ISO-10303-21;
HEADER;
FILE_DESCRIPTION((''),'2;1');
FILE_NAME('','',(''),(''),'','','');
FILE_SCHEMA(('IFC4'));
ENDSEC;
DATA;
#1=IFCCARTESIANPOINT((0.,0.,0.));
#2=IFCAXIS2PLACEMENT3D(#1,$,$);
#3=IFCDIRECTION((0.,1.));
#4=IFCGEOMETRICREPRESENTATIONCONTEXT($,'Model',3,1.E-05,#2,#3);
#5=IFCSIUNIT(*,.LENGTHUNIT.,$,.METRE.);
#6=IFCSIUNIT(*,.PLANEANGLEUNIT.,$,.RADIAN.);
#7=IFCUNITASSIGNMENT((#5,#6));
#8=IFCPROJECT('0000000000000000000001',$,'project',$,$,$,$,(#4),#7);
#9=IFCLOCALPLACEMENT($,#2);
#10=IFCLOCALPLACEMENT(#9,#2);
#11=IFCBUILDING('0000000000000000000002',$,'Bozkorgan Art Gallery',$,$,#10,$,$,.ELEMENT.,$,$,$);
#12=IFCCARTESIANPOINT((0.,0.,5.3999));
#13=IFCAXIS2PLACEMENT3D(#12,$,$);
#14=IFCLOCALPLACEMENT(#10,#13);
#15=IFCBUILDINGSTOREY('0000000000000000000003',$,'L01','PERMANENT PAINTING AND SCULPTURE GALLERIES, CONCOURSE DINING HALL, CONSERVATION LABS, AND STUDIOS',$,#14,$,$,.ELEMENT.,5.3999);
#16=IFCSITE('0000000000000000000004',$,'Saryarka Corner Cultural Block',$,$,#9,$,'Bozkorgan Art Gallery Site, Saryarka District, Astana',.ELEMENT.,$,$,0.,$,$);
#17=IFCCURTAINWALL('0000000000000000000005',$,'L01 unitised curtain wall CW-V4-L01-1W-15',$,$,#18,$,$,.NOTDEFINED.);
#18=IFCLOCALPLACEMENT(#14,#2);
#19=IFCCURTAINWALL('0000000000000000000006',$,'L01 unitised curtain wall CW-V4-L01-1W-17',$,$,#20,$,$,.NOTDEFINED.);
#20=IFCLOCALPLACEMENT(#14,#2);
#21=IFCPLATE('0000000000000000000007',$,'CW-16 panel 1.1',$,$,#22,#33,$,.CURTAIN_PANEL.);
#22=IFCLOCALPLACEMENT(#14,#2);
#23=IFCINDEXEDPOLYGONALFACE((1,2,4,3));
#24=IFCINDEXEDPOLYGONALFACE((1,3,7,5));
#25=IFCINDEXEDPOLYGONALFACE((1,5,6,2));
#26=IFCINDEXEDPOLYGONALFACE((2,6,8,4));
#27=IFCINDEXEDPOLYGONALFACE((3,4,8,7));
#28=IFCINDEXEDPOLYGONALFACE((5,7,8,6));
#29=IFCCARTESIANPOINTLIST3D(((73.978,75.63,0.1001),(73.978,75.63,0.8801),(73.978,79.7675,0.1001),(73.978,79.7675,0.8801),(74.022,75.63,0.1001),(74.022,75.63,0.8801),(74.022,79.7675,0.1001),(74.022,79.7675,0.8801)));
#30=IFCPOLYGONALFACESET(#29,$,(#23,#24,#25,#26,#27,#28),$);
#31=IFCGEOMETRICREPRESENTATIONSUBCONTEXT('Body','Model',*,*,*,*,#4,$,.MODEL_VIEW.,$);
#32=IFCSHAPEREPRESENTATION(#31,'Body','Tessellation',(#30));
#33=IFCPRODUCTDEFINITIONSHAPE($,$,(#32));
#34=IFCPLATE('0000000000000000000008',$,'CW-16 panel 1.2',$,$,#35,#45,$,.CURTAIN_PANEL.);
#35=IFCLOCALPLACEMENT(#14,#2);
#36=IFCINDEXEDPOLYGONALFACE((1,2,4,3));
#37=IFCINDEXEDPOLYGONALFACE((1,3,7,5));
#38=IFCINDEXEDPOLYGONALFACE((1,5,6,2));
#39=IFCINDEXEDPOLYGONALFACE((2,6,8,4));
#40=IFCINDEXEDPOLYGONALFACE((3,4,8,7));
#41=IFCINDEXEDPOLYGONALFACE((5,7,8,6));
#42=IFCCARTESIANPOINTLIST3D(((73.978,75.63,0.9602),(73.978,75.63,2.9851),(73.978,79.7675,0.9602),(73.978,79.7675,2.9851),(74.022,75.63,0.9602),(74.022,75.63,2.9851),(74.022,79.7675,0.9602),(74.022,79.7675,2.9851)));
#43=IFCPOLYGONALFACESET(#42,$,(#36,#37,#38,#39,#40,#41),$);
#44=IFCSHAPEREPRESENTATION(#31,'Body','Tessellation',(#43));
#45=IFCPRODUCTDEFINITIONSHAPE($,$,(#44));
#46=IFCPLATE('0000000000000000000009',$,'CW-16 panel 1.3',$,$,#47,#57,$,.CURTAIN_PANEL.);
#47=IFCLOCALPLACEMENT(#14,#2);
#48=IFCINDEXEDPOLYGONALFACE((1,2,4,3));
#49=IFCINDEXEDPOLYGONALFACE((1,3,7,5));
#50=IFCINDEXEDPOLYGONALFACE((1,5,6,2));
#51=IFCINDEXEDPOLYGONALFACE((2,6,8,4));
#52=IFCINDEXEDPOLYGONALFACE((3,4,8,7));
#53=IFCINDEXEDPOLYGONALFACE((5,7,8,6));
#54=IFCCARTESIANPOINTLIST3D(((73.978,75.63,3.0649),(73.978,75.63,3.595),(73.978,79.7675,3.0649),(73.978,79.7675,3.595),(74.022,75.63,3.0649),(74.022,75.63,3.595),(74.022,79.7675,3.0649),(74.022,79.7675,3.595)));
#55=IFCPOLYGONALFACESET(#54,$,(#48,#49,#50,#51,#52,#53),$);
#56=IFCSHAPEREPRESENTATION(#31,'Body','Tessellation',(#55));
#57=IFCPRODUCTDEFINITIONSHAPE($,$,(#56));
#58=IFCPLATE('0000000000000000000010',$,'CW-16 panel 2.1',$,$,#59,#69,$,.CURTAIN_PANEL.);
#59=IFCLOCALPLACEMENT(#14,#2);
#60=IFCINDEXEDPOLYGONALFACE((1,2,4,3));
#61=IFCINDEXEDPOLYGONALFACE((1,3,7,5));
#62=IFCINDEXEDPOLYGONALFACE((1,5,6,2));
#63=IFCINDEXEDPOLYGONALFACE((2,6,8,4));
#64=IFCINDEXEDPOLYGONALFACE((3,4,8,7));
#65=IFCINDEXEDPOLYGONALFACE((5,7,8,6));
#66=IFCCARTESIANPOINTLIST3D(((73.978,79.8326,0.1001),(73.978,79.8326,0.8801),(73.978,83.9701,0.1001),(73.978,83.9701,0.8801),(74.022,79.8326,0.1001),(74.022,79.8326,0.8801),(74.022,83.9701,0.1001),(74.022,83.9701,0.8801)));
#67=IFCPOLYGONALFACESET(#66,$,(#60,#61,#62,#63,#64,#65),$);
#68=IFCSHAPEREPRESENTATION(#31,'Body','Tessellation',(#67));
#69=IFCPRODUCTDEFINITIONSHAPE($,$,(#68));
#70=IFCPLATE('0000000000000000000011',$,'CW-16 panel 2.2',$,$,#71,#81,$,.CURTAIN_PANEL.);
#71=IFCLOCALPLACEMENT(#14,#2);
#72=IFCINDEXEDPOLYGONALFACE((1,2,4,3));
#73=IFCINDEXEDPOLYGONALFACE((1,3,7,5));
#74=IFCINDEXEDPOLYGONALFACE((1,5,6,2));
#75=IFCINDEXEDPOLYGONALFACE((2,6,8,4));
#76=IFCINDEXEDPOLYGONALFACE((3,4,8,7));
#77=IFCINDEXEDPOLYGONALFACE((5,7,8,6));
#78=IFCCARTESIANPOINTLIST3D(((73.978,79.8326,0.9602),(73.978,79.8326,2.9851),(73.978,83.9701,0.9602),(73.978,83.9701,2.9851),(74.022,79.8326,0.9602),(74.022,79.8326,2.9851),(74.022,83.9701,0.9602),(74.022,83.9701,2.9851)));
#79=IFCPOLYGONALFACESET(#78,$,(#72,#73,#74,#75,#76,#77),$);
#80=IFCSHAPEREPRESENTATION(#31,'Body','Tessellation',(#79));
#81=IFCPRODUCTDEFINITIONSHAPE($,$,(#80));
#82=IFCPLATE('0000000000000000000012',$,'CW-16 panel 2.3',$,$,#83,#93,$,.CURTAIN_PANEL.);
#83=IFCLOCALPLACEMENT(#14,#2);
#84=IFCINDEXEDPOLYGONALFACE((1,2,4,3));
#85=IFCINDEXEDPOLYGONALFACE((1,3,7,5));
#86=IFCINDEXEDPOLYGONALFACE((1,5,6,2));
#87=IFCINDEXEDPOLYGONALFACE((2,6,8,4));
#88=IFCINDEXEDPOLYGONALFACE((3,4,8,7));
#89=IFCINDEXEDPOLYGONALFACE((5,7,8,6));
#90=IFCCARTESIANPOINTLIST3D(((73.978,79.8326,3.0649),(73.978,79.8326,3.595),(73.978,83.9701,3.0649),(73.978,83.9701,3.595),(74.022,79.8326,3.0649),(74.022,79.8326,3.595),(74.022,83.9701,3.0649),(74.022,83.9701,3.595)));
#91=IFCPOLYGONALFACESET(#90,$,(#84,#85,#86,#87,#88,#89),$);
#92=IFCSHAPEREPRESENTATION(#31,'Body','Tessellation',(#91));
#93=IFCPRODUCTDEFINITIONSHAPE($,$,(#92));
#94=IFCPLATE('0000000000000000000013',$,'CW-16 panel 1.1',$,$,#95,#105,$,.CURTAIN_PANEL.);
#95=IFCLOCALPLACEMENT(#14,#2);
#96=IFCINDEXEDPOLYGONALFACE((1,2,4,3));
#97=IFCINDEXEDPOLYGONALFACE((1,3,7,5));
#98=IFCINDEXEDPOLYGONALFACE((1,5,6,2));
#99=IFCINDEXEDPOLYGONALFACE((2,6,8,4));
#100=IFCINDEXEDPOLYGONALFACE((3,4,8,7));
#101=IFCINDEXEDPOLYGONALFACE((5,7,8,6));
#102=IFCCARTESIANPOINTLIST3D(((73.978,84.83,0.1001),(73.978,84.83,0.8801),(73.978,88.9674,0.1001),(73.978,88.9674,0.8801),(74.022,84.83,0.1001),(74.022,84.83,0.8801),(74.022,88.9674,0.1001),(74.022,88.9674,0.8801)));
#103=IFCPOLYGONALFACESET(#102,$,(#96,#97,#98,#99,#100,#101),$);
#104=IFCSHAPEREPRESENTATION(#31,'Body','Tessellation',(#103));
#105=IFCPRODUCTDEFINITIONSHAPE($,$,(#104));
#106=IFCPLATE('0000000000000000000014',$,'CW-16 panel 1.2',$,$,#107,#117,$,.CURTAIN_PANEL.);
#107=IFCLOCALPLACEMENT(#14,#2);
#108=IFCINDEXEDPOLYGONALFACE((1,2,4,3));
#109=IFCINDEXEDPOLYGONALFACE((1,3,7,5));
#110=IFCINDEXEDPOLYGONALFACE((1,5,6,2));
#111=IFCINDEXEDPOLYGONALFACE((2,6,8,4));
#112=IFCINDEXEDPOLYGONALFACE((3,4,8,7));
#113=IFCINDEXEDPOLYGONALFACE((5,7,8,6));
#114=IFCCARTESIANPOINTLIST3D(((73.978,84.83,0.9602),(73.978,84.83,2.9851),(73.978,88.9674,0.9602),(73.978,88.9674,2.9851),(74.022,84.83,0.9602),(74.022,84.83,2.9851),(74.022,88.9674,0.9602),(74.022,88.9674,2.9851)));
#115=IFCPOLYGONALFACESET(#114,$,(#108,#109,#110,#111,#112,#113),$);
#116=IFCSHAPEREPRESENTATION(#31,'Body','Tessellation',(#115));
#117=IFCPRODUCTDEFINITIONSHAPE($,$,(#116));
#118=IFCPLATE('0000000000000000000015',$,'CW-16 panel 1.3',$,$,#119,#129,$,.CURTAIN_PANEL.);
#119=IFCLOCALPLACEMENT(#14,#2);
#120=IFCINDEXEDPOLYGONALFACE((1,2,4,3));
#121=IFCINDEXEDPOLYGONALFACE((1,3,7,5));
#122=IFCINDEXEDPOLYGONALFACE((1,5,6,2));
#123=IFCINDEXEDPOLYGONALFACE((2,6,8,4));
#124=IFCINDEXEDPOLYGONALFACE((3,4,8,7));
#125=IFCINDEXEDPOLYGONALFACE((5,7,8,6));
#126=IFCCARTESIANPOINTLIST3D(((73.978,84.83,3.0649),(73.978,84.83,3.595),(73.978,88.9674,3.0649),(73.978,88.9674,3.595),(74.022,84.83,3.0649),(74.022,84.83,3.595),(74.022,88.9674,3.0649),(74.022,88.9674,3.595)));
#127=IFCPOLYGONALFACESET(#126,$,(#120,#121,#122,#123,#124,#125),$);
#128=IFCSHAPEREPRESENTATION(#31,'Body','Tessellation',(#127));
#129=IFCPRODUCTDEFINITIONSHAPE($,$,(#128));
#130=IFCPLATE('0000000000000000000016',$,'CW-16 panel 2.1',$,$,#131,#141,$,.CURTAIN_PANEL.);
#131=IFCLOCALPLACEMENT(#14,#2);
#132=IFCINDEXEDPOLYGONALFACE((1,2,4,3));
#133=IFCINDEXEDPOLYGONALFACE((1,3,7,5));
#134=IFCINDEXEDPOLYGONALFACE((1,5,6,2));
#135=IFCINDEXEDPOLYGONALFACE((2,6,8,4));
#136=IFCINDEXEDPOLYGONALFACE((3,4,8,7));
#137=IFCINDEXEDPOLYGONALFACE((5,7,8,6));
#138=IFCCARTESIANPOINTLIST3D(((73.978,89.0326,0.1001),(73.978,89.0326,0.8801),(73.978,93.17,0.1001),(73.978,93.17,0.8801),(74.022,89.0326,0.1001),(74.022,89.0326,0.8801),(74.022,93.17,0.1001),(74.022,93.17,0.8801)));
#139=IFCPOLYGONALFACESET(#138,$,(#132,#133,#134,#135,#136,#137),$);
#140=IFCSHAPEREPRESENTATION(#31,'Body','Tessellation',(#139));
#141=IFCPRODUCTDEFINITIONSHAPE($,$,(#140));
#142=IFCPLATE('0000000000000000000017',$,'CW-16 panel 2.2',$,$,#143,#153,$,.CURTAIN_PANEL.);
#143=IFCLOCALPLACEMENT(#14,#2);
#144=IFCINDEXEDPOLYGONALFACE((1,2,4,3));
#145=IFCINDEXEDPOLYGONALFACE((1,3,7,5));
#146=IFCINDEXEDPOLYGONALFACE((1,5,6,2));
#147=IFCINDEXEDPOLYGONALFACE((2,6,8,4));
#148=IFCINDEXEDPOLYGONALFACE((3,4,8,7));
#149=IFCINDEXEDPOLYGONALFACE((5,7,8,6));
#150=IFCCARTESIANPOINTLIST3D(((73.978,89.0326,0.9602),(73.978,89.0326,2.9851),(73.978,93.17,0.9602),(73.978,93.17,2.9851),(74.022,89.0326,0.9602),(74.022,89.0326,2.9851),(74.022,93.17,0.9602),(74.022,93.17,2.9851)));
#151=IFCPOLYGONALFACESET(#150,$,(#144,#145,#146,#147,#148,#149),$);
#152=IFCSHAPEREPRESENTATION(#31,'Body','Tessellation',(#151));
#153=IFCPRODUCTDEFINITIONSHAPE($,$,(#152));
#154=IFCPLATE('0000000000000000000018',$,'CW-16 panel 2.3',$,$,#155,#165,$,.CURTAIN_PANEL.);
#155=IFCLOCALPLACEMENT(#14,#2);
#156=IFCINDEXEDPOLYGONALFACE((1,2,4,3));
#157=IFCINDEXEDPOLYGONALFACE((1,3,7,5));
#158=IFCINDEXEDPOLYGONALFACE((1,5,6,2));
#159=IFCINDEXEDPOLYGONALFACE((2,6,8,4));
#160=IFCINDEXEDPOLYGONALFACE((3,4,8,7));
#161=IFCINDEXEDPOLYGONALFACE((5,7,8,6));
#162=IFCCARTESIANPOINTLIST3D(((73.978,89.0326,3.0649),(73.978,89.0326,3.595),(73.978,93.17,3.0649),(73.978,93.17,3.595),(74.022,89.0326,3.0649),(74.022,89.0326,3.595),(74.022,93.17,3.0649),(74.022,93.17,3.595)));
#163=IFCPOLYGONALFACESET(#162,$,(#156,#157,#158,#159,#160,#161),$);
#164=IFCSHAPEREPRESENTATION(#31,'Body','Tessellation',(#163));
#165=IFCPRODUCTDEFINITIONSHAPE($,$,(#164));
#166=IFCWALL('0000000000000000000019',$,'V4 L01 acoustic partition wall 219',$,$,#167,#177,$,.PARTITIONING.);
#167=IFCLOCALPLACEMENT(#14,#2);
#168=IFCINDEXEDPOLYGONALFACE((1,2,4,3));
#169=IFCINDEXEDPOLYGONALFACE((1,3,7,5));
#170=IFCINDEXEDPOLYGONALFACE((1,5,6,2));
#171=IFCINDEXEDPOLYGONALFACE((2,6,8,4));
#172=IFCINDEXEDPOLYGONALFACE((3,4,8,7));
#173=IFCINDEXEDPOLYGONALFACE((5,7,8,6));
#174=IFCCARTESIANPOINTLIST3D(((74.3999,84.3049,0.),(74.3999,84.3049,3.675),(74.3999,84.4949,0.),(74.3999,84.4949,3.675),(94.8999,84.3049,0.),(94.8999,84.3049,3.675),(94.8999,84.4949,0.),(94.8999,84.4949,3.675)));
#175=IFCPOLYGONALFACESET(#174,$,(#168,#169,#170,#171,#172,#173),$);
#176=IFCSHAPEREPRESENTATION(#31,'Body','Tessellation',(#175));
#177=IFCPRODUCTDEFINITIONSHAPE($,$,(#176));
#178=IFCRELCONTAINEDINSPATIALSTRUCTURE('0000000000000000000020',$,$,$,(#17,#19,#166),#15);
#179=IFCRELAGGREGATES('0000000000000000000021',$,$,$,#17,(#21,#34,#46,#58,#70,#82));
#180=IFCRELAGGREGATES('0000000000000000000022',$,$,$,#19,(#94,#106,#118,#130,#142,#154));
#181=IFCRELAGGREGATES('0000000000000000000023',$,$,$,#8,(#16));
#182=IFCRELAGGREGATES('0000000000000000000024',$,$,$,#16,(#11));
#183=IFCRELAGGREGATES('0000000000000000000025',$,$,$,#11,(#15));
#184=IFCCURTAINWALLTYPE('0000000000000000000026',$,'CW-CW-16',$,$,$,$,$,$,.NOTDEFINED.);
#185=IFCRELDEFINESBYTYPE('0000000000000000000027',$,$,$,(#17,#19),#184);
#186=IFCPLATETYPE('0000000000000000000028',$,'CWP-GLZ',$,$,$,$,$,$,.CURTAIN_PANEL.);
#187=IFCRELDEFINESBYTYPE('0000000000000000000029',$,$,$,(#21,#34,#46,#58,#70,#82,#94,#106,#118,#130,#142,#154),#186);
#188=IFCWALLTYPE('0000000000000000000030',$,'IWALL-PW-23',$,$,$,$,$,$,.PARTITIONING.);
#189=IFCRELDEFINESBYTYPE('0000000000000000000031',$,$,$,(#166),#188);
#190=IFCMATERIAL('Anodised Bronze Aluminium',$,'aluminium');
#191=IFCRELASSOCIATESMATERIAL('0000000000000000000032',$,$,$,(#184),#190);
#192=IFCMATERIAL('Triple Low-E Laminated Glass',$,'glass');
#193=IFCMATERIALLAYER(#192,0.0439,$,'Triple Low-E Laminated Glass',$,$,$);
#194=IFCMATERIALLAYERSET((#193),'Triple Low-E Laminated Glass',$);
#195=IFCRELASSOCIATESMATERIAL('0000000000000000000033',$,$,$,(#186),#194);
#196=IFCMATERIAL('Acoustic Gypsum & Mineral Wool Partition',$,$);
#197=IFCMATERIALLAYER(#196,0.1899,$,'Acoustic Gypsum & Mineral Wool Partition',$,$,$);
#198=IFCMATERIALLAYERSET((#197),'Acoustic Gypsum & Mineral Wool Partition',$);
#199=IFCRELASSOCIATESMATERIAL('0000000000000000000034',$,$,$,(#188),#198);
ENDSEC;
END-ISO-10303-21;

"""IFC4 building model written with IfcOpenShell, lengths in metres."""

from ifc_helpers import new_model, si_unit, direction, frame, frame_2d, origin, origin_2d, place, context, subcontext, project, spatial, rectangle, extrude, material, layer, layer_set, type_object, element, aggregate, save


model = new_model("IFC4")

# Units and contexts
model_context = context("Model", 3, precision=1e-05, world=origin(), true_north=direction((0.0, 1.0)))
body_context = subcontext(model_context, "Body", "Model", "MODEL_VIEW")
ifc_project = project(units=[si_unit("LENGTHUNIT", "METRE"), si_unit("PLANEANGLEUNIT", "RADIAN")], contexts=[model_context])

# Site, building, storey
site_placement = place(None, origin())
site = spatial("IfcSite", under=ifc_project, at=site_placement, Name="Saryarka Corner Cultural Block", LongName="Bozkorgan Art Gallery Site, Saryarka District, Astana", CompositionType="ELEMENT", RefElevation=0.0)
building_placement = place(site_placement, origin())
building = spatial("IfcBuilding", under=site, at=building_placement, Name="Bozkorgan Art Gallery", CompositionType="ELEMENT")
storey_placement = place(building_placement, frame((0.0, 0.0, 5.3999)))
storey = spatial("IfcBuildingStorey", under=building, at=storey_placement, Name="L01", Description="PERMANENT PAINTING AND SCULPTURE GALLERIES, CONCOURSE DINING HALL, CONSERVATION LABS, AND STUDIOS", CompositionType="ELEMENT", Elevation=5.3999)

# Curtain walls
ifc_material_1 = material(Name="Anodised Bronze Aluminium", Category="aluminium")
curtain_wall_type = type_object("IfcCurtainWallType", Name="CW-CW-16", PredefinedType="NOTDEFINED", material=ifc_material_1)
curtain_wall_1_placement = place(storey_placement, origin())
curtain_wall_1 = element("IfcCurtainWall", 1, at=curtain_wall_1_placement, inside=storey, type_object=curtain_wall_type, Name="L01 unitised curtain wall CW-V4-L01-1W-15", PredefinedType="NOTDEFINED")
curtain_wall_2_placement = place(storey_placement, origin())
curtain_wall_2 = element("IfcCurtainWall", 2, at=curtain_wall_2_placement, inside=storey, type_object=curtain_wall_type, Name="L01 unitised curtain wall CW-V4-L01-1W-17", PredefinedType="NOTDEFINED")

# Plates
ifc_material_2 = material(Name="Triple Low-E Laminated Glass", Category="glass")
ifc_layer_1 = layer(ifc_material_2, 0.0439, Name="Triple Low-E Laminated Glass")
ifc_layer_set_1 = layer_set([ifc_layer_1], Name="Triple Low-E Laminated Glass")
plate_type = type_object("IfcPlateType", Name="CWP-GLZ", PredefinedType="CURTAIN_PANEL", material=ifc_layer_set_1)
plate_1_placement = place(storey_placement, frame((74.0, 77.6987, 0.1001), z_axis=(0.0, 0.0, 1.0), x_axis=(0.0, 1.0, 0.0)))
plate_1 = element("IfcPlate", 3, at=plate_1_placement, type_object=plate_type, Name="CW-16 panel 1.1", PredefinedType="CURTAIN_PANEL", context=body_context, shape_type="SweptSolid", body=[
    extrude(rectangle(XDim=4.1375, YDim=0.0439, at=origin_2d()), origin(), (0.0, 0.0, 1.0), 0.78),
])
plate_2_placement = place(storey_placement, frame((74.0, 77.6987, 0.9602), z_axis=(0.0, 0.0, 1.0), x_axis=(0.0, 1.0, 0.0)))
plate_2 = element("IfcPlate", 4, at=plate_2_placement, type_object=plate_type, Name="CW-16 panel 1.2", PredefinedType="CURTAIN_PANEL", context=body_context, shape_type="SweptSolid", body=[
    extrude(rectangle(XDim=4.1375, YDim=0.0439, at=origin_2d()), origin(), (0.0, 0.0, 1.0), 2.0249),
])
plate_3_placement = place(storey_placement, frame((74.0, 77.6987, 3.0649), z_axis=(0.0, 0.0, 1.0), x_axis=(0.0, 1.0, 0.0)))
plate_3 = element("IfcPlate", 5, at=plate_3_placement, type_object=plate_type, Name="CW-16 panel 1.3", PredefinedType="CURTAIN_PANEL", context=body_context, shape_type="SweptSolid", body=[
    extrude(rectangle(XDim=4.1375, YDim=0.0439, at=origin_2d()), origin(), (0.0, 0.0, 1.0), 0.53),
])
plate_4_placement = place(storey_placement, frame((74.0, 81.9014, 0.1001), z_axis=(0.0, 0.0, 1.0), x_axis=(0.0, 1.0, 0.0)))
plate_4 = element("IfcPlate", 6, at=plate_4_placement, type_object=plate_type, Name="CW-16 panel 2.1", PredefinedType="CURTAIN_PANEL", context=body_context, shape_type="SweptSolid", body=[
    extrude(rectangle(XDim=4.1375, YDim=0.0439, at=origin_2d()), origin(), (0.0, 0.0, 1.0), 0.78),
])
plate_5_placement = place(storey_placement, frame((74.0, 81.9014, 0.9602), z_axis=(0.0, 0.0, 1.0), x_axis=(0.0, 1.0, 0.0)))
plate_5 = element("IfcPlate", 7, at=plate_5_placement, type_object=plate_type, Name="CW-16 panel 2.2", PredefinedType="CURTAIN_PANEL", context=body_context, shape_type="SweptSolid", body=[
    extrude(rectangle(XDim=4.1375, YDim=0.0439, at=origin_2d()), origin(), (0.0, 0.0, 1.0), 2.0249),
])
plate_6_placement = place(storey_placement, frame((74.0, 81.9014, 3.0649), z_axis=(0.0, 0.0, 1.0), x_axis=(0.0, 1.0, 0.0)))
plate_6 = element("IfcPlate", 8, at=plate_6_placement, type_object=plate_type, Name="CW-16 panel 2.3", PredefinedType="CURTAIN_PANEL", context=body_context, shape_type="SweptSolid", body=[
    extrude(rectangle(XDim=4.1375, YDim=0.0439, at=origin_2d()), origin(), (0.0, 0.0, 1.0), 0.53),
])
aggregate(curtain_wall_1, [plate_1, plate_2, plate_3, plate_4, plate_5, plate_6])
plate_7_placement = place(storey_placement, frame((74.0, 86.8987, 0.1001), z_axis=(0.0, 0.0, 1.0), x_axis=(0.0, 1.0, 0.0)))
plate_7 = element("IfcPlate", 9, at=plate_7_placement, type_object=plate_type, Name="CW-16 panel 1.1", PredefinedType="CURTAIN_PANEL", context=body_context, shape_type="SweptSolid", body=[
    extrude(rectangle(XDim=4.1375, YDim=0.0439, at=origin_2d()), origin(), (0.0, 0.0, 1.0), 0.78),
])
plate_8_placement = place(storey_placement, frame((74.0, 86.8987, 0.9602), z_axis=(0.0, 0.0, 1.0), x_axis=(0.0, 1.0, 0.0)))
plate_8 = element("IfcPlate", 10, at=plate_8_placement, type_object=plate_type, Name="CW-16 panel 1.2", PredefinedType="CURTAIN_PANEL", context=body_context, shape_type="SweptSolid", body=[
    extrude(rectangle(XDim=4.1375, YDim=0.0439, at=origin_2d()), origin(), (0.0, 0.0, 1.0), 2.0249),
])
plate_9_placement = place(storey_placement, frame((74.0, 86.8987, 3.0649), z_axis=(0.0, 0.0, 1.0), x_axis=(0.0, 1.0, 0.0)))
plate_9 = element("IfcPlate", 11, at=plate_9_placement, type_object=plate_type, Name="CW-16 panel 1.3", PredefinedType="CURTAIN_PANEL", context=body_context, shape_type="SweptSolid", body=[
    extrude(rectangle(XDim=4.1375, YDim=0.0439, at=origin_2d()), origin(), (0.0, 0.0, 1.0), 0.53),
])
plate_10_placement = place(storey_placement, frame((74.0, 91.1013, 0.1001), z_axis=(0.0, 0.0, 1.0), x_axis=(0.0, 1.0, 0.0)))
plate_10 = element("IfcPlate", 12, at=plate_10_placement, type_object=plate_type, Name="CW-16 panel 2.1", PredefinedType="CURTAIN_PANEL", context=body_context, shape_type="SweptSolid", body=[
    extrude(rectangle(XDim=4.1375, YDim=0.0439, at=origin_2d()), origin(), (0.0, 0.0, 1.0), 0.78),
])
plate_11_placement = place(storey_placement, frame((74.0, 91.1013, 0.9602), z_axis=(0.0, 0.0, 1.0), x_axis=(0.0, 1.0, 0.0)))
plate_11 = element("IfcPlate", 13, at=plate_11_placement, type_object=plate_type, Name="CW-16 panel 2.2", PredefinedType="CURTAIN_PANEL", context=body_context, shape_type="SweptSolid", body=[
    extrude(rectangle(XDim=4.1375, YDim=0.0439, at=origin_2d()), origin(), (0.0, 0.0, 1.0), 2.0249),
])
plate_12_placement = place(storey_placement, frame((74.0, 91.1013, 3.0649), z_axis=(0.0, 0.0, 1.0), x_axis=(0.0, 1.0, 0.0)))
plate_12 = element("IfcPlate", 14, at=plate_12_placement, type_object=plate_type, Name="CW-16 panel 2.3", PredefinedType="CURTAIN_PANEL", context=body_context, shape_type="SweptSolid", body=[
    extrude(rectangle(XDim=4.1375, YDim=0.0439, at=origin_2d()), origin(), (0.0, 0.0, 1.0), 0.53),
])
aggregate(curtain_wall_2, [plate_7, plate_8, plate_9, plate_10, plate_11, plate_12])

# Wall
ifc_material_3 = material(Name="Acoustic Gypsum & Mineral Wool Partition")
ifc_layer_2 = layer(ifc_material_3, 0.1899, Name="Acoustic Gypsum & Mineral Wool Partition")
ifc_layer_set_2 = layer_set([ifc_layer_2], Name="Acoustic Gypsum & Mineral Wool Partition")
wall_type = type_object("IfcWallType", Name="IWALL-PW-23", PredefinedType="PARTITIONING", material=ifc_layer_set_2)
wall_placement = place(storey_placement, frame((74.3999, 84.3999, 0.0), z_axis=(0.0, 0.0, 1.0), x_axis=(1.0, 0.0, 0.0)))
element("IfcWall", 15, at=wall_placement, inside=storey, type_object=wall_type, Name="V4 L01 acoustic partition wall 219", PredefinedType="PARTITIONING", context=body_context, shape_type="SweptSolid", body=[
    extrude(rectangle(XDim=20.5, YDim=0.1899, at=frame_2d((10.25, 0.0))), origin(), (0.0, 0.0, 1.0), 3.675),
])

save(model, "model.ifc")
